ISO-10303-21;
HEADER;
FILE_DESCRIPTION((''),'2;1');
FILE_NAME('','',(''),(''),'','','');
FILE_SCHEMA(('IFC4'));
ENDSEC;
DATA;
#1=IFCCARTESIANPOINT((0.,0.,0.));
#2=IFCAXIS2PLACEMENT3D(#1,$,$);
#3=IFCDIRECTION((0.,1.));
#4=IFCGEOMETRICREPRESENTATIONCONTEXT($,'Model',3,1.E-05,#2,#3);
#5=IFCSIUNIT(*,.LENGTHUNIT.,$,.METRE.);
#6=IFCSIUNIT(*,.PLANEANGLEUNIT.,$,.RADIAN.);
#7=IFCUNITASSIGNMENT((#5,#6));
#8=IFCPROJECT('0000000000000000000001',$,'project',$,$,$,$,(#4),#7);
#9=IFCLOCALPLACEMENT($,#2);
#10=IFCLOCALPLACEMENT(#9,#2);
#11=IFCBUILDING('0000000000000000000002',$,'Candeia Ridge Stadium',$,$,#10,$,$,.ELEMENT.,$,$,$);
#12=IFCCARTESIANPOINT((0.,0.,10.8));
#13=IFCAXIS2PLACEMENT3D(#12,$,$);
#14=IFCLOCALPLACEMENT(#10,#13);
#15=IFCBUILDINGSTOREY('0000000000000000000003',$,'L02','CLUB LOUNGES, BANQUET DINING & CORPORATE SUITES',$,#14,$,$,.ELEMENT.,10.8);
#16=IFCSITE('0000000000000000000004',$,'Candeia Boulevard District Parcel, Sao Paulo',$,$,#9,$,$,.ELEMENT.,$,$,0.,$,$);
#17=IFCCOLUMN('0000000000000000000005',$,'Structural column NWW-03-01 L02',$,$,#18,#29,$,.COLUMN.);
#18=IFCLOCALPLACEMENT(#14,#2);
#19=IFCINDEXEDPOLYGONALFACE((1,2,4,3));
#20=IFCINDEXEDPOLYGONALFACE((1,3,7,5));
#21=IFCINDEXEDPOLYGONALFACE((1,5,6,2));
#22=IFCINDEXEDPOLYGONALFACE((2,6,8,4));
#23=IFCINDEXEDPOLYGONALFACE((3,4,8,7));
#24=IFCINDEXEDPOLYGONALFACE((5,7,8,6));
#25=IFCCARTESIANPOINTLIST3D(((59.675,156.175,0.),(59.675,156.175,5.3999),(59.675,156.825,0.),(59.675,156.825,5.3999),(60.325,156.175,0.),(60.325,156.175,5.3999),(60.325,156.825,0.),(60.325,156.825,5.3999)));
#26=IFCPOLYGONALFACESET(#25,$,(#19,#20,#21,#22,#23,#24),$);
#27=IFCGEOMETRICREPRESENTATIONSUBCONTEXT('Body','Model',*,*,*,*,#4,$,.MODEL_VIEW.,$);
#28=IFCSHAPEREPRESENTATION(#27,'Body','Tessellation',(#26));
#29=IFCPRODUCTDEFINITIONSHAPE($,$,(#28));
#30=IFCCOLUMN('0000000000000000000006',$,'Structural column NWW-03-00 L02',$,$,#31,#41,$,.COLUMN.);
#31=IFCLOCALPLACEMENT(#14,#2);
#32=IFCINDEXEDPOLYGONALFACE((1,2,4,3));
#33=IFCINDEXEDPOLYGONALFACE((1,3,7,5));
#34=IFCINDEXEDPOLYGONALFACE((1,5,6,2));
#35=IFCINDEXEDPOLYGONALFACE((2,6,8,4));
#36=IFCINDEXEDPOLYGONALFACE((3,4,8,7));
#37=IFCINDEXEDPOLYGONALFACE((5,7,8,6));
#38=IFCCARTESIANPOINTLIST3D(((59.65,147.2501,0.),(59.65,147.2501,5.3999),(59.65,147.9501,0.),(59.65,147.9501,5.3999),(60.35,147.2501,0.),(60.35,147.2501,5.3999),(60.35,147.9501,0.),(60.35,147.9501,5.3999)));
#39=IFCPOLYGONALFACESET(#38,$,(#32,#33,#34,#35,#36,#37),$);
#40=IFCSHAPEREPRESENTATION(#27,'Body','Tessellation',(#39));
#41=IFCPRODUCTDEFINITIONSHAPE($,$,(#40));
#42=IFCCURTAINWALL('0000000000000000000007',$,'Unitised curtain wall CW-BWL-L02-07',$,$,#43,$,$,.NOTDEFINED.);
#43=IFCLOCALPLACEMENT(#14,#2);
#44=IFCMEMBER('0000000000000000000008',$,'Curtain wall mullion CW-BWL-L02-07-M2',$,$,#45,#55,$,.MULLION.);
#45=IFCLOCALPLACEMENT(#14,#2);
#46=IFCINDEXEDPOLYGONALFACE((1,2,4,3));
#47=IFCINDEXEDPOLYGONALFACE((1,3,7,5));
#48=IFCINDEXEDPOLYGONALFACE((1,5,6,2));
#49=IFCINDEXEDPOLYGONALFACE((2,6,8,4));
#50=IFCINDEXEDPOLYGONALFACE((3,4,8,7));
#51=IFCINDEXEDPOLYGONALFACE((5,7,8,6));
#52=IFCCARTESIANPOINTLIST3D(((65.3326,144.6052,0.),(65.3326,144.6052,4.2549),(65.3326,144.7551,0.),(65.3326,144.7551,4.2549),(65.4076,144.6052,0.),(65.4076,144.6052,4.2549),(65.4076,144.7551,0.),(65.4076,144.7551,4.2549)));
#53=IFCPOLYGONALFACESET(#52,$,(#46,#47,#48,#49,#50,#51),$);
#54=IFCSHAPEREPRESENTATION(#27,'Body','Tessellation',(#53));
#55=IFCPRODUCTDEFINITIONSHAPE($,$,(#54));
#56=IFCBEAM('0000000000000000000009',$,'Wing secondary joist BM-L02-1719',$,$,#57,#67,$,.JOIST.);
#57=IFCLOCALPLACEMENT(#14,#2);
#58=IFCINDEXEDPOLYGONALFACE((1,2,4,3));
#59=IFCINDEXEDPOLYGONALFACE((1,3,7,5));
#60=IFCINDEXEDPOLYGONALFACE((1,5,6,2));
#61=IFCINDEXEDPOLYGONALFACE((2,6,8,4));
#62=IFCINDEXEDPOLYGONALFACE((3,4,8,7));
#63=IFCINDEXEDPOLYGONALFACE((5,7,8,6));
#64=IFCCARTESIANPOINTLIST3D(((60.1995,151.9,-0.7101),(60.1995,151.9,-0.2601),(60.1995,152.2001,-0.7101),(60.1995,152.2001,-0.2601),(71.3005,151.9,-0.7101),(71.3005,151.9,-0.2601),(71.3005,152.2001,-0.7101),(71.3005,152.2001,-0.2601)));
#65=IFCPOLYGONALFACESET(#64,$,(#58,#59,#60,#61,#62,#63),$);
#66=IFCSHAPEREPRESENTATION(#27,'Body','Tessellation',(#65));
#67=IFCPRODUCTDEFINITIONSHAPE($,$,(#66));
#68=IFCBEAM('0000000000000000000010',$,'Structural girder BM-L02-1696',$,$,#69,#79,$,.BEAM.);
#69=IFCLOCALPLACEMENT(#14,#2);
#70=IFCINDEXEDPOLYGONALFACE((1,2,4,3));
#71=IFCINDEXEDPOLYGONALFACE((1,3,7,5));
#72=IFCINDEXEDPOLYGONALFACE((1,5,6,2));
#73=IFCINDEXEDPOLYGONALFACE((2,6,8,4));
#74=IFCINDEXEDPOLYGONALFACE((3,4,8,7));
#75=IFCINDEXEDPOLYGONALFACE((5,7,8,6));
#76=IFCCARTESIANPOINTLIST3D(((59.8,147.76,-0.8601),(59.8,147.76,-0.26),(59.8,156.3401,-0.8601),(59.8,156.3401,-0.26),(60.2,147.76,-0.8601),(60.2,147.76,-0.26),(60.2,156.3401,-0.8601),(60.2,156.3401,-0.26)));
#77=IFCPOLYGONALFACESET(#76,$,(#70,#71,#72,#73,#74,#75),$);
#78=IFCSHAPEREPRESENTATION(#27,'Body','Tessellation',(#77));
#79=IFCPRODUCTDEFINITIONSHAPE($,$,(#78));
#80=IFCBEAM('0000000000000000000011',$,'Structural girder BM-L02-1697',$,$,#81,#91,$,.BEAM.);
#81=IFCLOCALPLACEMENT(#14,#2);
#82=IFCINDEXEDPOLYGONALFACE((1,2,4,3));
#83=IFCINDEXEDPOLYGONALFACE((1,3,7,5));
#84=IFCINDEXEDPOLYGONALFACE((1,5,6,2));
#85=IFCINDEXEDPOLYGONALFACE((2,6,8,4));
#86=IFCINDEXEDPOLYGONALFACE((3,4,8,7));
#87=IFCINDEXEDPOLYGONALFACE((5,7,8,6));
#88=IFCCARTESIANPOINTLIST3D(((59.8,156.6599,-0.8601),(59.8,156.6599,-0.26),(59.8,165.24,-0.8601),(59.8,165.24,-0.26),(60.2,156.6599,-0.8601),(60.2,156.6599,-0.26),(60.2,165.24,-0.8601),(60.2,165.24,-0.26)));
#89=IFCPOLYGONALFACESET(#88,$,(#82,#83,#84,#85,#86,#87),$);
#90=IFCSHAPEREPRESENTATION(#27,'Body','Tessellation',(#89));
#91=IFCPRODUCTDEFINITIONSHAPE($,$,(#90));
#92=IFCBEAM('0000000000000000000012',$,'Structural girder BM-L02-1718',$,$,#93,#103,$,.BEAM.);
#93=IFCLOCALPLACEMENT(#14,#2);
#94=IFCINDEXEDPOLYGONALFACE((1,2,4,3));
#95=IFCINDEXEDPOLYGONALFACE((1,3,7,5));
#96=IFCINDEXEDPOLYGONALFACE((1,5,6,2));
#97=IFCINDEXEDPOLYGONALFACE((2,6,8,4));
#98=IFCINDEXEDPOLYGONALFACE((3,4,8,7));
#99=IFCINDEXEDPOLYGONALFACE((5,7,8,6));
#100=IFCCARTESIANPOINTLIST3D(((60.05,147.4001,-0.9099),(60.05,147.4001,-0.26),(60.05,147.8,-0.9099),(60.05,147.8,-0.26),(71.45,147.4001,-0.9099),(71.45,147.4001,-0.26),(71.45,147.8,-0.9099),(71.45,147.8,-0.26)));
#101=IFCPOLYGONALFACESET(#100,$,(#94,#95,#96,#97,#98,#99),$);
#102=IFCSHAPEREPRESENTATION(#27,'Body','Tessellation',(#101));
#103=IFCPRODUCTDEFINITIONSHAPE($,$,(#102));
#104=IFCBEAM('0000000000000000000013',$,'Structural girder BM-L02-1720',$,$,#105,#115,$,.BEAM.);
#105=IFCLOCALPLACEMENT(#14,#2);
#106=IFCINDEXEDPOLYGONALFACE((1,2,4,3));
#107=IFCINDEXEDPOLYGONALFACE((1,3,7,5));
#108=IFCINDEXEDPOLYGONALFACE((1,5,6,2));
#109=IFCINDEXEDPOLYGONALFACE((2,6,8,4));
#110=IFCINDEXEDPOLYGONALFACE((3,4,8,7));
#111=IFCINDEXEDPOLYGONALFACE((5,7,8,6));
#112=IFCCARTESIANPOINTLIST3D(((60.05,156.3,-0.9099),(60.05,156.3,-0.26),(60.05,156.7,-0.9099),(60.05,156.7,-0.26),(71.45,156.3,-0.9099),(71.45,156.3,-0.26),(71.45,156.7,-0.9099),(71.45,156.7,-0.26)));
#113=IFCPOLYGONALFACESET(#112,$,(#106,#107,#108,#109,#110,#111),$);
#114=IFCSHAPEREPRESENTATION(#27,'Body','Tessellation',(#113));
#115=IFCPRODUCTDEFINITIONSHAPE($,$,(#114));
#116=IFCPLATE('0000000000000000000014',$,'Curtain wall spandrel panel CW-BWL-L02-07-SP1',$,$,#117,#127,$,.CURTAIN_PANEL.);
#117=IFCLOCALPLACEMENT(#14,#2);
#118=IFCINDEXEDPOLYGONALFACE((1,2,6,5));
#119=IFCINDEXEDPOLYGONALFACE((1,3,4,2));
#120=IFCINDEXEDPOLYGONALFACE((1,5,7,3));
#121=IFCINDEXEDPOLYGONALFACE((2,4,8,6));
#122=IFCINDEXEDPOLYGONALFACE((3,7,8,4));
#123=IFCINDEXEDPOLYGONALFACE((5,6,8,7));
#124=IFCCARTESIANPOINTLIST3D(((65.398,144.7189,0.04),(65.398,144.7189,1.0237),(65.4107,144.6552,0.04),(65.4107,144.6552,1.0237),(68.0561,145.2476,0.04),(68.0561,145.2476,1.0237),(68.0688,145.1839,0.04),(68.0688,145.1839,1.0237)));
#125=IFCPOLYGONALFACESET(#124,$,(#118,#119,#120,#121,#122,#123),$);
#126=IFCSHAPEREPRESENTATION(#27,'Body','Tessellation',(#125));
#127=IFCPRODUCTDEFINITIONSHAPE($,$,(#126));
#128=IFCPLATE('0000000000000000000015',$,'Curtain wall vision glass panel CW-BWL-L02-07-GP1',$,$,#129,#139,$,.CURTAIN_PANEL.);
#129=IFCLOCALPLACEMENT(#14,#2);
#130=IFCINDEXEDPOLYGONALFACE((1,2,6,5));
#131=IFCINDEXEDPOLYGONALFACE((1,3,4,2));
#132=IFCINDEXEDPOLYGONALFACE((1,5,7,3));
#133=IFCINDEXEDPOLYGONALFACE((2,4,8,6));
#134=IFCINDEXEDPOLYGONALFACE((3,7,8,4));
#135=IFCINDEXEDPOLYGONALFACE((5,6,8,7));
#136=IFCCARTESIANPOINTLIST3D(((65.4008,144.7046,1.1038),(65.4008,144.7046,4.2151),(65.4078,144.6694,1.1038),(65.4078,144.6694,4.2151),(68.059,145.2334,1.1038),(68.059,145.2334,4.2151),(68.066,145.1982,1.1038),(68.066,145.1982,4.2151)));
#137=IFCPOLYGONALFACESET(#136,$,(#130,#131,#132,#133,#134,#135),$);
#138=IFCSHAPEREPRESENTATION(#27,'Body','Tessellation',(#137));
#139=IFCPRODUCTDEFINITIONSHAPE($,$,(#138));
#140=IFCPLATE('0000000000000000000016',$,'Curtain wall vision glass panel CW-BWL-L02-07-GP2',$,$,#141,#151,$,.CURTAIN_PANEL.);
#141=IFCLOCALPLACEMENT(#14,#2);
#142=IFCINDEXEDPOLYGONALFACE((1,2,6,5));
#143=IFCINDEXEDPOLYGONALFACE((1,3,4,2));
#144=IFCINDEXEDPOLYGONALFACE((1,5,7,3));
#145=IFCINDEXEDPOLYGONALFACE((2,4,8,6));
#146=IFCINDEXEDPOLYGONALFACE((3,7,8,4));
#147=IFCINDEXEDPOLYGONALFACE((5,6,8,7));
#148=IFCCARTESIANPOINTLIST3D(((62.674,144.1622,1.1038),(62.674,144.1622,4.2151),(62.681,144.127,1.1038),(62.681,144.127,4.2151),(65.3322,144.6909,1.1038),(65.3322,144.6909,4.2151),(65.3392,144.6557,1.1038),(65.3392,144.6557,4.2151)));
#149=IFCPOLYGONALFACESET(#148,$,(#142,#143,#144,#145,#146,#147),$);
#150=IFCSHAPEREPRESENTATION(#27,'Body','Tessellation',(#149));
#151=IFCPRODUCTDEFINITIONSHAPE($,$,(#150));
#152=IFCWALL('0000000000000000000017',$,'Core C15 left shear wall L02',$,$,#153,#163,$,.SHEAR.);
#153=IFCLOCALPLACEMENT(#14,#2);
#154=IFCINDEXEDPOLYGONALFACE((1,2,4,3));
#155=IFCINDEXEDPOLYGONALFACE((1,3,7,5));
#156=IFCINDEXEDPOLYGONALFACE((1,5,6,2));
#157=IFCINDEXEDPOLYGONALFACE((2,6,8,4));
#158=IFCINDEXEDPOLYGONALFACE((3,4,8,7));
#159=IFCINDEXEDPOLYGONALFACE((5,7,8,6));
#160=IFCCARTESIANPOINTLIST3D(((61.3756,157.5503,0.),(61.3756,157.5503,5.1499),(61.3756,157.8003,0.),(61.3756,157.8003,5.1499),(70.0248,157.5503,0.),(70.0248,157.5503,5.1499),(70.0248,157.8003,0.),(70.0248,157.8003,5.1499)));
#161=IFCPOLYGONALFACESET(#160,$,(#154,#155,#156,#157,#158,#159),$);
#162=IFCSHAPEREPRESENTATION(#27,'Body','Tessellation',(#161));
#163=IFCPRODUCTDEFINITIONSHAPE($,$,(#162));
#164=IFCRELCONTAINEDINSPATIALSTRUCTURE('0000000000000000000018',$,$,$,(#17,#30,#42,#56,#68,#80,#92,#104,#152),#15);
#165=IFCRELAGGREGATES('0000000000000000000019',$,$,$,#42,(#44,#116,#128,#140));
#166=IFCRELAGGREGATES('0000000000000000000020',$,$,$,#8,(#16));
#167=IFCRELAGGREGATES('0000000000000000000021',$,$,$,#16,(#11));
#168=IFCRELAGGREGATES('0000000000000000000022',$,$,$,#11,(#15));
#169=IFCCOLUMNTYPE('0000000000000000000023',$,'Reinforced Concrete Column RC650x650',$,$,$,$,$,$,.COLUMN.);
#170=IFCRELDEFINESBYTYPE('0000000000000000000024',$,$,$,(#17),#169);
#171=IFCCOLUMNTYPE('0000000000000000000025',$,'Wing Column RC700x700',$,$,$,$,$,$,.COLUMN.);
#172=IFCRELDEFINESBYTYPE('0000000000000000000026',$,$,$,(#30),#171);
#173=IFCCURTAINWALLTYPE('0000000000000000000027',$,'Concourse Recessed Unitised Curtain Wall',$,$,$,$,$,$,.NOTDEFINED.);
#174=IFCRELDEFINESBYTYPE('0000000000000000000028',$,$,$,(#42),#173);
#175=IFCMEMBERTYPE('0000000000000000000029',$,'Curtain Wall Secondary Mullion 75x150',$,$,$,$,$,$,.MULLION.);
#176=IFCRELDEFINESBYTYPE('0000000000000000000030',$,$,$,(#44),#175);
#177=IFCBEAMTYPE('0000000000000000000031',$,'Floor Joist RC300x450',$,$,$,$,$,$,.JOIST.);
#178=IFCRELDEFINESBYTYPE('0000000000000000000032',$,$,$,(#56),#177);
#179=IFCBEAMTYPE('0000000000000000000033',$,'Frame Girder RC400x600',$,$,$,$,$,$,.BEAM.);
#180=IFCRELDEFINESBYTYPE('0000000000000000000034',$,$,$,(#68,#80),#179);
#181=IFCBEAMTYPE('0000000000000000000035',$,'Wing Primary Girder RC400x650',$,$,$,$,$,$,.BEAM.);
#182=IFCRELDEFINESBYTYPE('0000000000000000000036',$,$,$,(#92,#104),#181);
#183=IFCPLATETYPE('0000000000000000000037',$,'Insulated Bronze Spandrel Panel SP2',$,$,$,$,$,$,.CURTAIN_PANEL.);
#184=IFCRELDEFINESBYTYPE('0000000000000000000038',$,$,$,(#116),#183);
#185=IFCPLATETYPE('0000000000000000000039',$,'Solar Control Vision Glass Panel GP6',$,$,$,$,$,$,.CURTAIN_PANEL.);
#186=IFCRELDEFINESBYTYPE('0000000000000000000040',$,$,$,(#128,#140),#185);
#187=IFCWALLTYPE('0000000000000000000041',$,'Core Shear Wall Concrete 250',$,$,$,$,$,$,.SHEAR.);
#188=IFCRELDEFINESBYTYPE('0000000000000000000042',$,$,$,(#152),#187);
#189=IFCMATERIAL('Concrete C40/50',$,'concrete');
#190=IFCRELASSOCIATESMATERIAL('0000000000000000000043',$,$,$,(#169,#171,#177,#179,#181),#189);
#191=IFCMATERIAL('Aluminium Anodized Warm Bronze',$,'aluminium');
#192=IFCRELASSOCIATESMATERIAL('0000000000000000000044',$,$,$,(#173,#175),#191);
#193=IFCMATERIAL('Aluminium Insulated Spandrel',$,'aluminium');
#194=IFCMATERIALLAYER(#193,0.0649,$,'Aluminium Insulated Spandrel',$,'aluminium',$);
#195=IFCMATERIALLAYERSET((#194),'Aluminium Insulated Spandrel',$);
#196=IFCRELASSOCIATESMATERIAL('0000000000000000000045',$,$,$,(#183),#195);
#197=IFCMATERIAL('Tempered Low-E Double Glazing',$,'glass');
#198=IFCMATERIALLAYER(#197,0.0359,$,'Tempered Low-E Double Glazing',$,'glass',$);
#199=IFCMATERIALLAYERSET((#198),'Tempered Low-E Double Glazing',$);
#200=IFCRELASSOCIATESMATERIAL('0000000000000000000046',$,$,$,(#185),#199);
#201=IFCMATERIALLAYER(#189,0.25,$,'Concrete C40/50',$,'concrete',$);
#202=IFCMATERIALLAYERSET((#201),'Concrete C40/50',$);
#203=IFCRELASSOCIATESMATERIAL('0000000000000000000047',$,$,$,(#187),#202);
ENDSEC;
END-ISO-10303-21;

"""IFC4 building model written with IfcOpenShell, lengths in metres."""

from ifc_helpers import new_model, si_unit, direction, frame, frame_2d, origin, origin_2d, place, context, subcontext, project, spatial, rectangle, extrude, material, layer, layer_set, material_profile, profile_set, type_object, element, aggregate, save


model = new_model("IFC4")

# Units and contexts
model_context = context("Model", 3, precision=1e-05, world=origin(), true_north=direction((0.0, 1.0)))
body_context = subcontext(model_context, "Body", "Model", "MODEL_VIEW")
ifc_project = project(units=[si_unit("LENGTHUNIT", "METRE"), si_unit("PLANEANGLEUNIT", "RADIAN")], contexts=[model_context])

# Site, building, storey
site_placement = place(None, origin())
site = spatial("IfcSite", under=ifc_project, at=site_placement, Name="Candeia Boulevard District Parcel, Sao Paulo", CompositionType="ELEMENT", RefElevation=0.0)
building_placement = place(site_placement, origin())
building = spatial("IfcBuilding", under=site, at=building_placement, Name="Candeia Ridge Stadium", CompositionType="ELEMENT")
storey_placement = place(building_placement, frame((0.0, 0.0, 10.8)))
storey = spatial("IfcBuildingStorey", under=building, at=storey_placement, Name="L02", Description="CLUB LOUNGES, BANQUET DINING & CORPORATE SUITES", CompositionType="ELEMENT", Elevation=10.8)

# Columns
ifc_material_1 = material(Name="Concrete C40/50", Category="concrete")
ifc_material_profile_1 = material_profile(ifc_material_1, rectangle(XDim=0.6499, YDim=0.6499, at=origin_2d()), Name="RC650x650", Category="concrete")
ifc_profile_set_1 = profile_set([ifc_material_profile_1], Name="Concrete C40/50")
column_type_1 = type_object("IfcColumnType", Name="Reinforced Concrete Column RC650x650", PredefinedType="COLUMN", material=ifc_profile_set_1)
column_1_placement = place(storey_placement, frame((60.0, 156.5, 0.0), z_axis=(0.0, 0.0, 1.0), x_axis=(1.0, 0.0, 0.0)))
element("IfcColumn", 1, at=column_1_placement, inside=storey, type_object=column_type_1, Name="Structural column NWW-03-01 L02", PredefinedType="COLUMN", context=body_context, shape_type="SweptSolid", body=[
    extrude(rectangle(XDim=0.6499, YDim=0.6499, at=origin_2d()), origin(), (0.0, 0.0, 1.0), 5.3999),
])
ifc_material_profile_2 = material_profile(ifc_material_1, rectangle(XDim=0.7, YDim=0.7, at=origin_2d()), Name="RC700x700", Category="concrete")
ifc_profile_set_2 = profile_set([ifc_material_profile_2], Name="Concrete C40/50")
column_type_2 = type_object("IfcColumnType", Name="Wing Column RC700x700", PredefinedType="COLUMN", material=ifc_profile_set_2)
column_2_placement = place(storey_placement, frame((60.0, 147.6001, 0.0), z_axis=(0.0, 0.0, 1.0), x_axis=(1.0, 0.0, 0.0)))
element("IfcColumn", 2, at=column_2_placement, inside=storey, type_object=column_type_2, Name="Structural column NWW-03-00 L02", PredefinedType="COLUMN", context=body_context, shape_type="SweptSolid", body=[
    extrude(rectangle(XDim=0.7, YDim=0.7, at=origin_2d()), origin(), (0.0, 0.0, 1.0), 5.3999),
])

# Curtain wall, member
ifc_material_2 = material(Name="Aluminium Anodized Warm Bronze", Category="aluminium")
curtain_wall_type = type_object("IfcCurtainWallType", Name="Concourse Recessed Unitised Curtain Wall", PredefinedType="NOTDEFINED", material=ifc_material_2)
curtain_wall_placement = place(storey_placement, origin())
curtain_wall = element("IfcCurtainWall", 3, at=curtain_wall_placement, inside=storey, type_object=curtain_wall_type, Name="Unitised curtain wall CW-BWL-L02-07", PredefinedType="NOTDEFINED")
ifc_material_profile_3 = material_profile(ifc_material_2, rectangle(XDim=0.075, YDim=0.1499, at=origin_2d()), Name="CWM-75x150", Category="aluminium")
ifc_profile_set_3 = profile_set([ifc_material_profile_3], Name="Aluminium Anodized Warm Bronze")
member_type = type_object("IfcMemberType", Name="Curtain Wall Secondary Mullion 75x150", PredefinedType="MULLION", material=ifc_profile_set_3)
member_placement = place(storey_placement, frame((65.3701, 144.6802, 0.0), z_axis=(0.0, 0.0, 1.0), x_axis=(1.0, 0.0, 0.0)))
member = element("IfcMember", 4, at=member_placement, type_object=member_type, Name="Curtain wall mullion CW-BWL-L02-07-M2", PredefinedType="MULLION", context=body_context, shape_type="SweptSolid", body=[
    extrude(rectangle(XDim=0.075, YDim=0.1499, at=origin_2d()), origin(), (0.0, 0.0, 1.0), 4.2549),
])

# Beams
ifc_material_profile_4 = material_profile(ifc_material_1, rectangle(XDim=0.3, YDim=0.45, at=origin_2d()), Name="RC300x450", Category="concrete")
ifc_profile_set_4 = profile_set([ifc_material_profile_4], Name="Concrete C40/50")
beam_type_1 = type_object("IfcBeamType", Name="Floor Joist RC300x450", PredefinedType="JOIST", material=ifc_profile_set_4)
beam_placement = place(storey_placement, frame((60.1995, 152.05, -0.4851), z_axis=(1.0, 0.0, 0.0), x_axis=(0.0, 1.0, 0.0)))
element("IfcBeam", 5, at=beam_placement, inside=storey, type_object=beam_type_1, Name="Wing secondary joist BM-L02-1719", PredefinedType="JOIST", context=body_context, shape_type="SweptSolid", body=[
    extrude(rectangle(XDim=0.3, YDim=0.45, at=origin_2d()), origin(), (0.0, 0.0, 1.0), 11.1011),
])
ifc_material_profile_5 = material_profile(ifc_material_1, rectangle(XDim=0.3999, YDim=0.6001, at=origin_2d()), Name="RC400x600", Category="concrete")
ifc_profile_set_5 = profile_set([ifc_material_profile_5], Name="Concrete C40/50")
beam_type_2 = type_object("IfcBeamType", Name="Frame Girder RC400x600", PredefinedType="BEAM", material=ifc_profile_set_5)
for number, where, z_axis, x_axis, name in (
    (6, (60.0, 147.76, -0.5601), (0.0, 1.0, 0.0), (-1.0, 0.0, 0.0), "Structural girder BM-L02-1696"),
    (7, (60.0, 156.6599, -0.5601), (0.0, 1.0, 0.0), (-1.0, 0.0, 0.0), "Structural girder BM-L02-1697"),
):
    element("IfcBeam", number, at=place(storey_placement, frame(where, z_axis=z_axis, x_axis=x_axis)), inside=storey, type_object=beam_type_2, Name=name, PredefinedType="BEAM", context=body_context, shape_type="SweptSolid", body=[
        extrude(rectangle(XDim=0.3999, YDim=0.6001, at=origin_2d()), origin(), (0.0, 0.0, 1.0), 8.5801),
    ])
ifc_material_profile_6 = material_profile(ifc_material_1, rectangle(XDim=0.3999, YDim=0.6499, at=origin_2d()), Name="RC400x650", Category="concrete")
ifc_profile_set_6 = profile_set([ifc_material_profile_6], Name="Concrete C40/50")
beam_type_3 = type_object("IfcBeamType", Name="Wing Primary Girder RC400x650", PredefinedType="BEAM", material=ifc_profile_set_6)
for number, where, z_axis, x_axis, name in (
    (8, (60.05, 147.6001, -0.585), (1.0, 0.0, 0.0), (0.0, 1.0, 0.0), "Structural girder BM-L02-1718"),
    (9, (60.05, 156.5, -0.585), (1.0, 0.0, 0.0), (0.0, 1.0, 0.0), "Structural girder BM-L02-1720"),
):
    element("IfcBeam", number, at=place(storey_placement, frame(where, z_axis=z_axis, x_axis=x_axis)), inside=storey, type_object=beam_type_3, Name=name, PredefinedType="BEAM", context=body_context, shape_type="SweptSolid", body=[
        extrude(rectangle(XDim=0.3999, YDim=0.6499, at=origin_2d()), origin(), (0.0, 0.0, 1.0), 11.3999),
    ])

# Plates
ifc_material_3 = material(Name="Aluminium Insulated Spandrel", Category="aluminium")
ifc_layer_1 = layer(ifc_material_3, 0.0649, Name="Aluminium Insulated Spandrel", Category="aluminium")
ifc_layer_set_1 = layer_set([ifc_layer_1], Name="Aluminium Insulated Spandrel")
plate_type_1 = type_object("IfcPlateType", Name="Insulated Bronze Spandrel Panel SP2", PredefinedType="CURTAIN_PANEL", material=ifc_layer_set_1)
plate_1_placement = place(storey_placement, frame((66.7334, 144.9514, 0.04), z_axis=(0.0, 0.0, 1.0), x_axis=(-0.980785, -0.19509, 0.0)))
plate_1 = element("IfcPlate", 10, at=plate_1_placement, type_object=plate_type_1, Name="Curtain wall spandrel panel CW-BWL-L02-07-SP1", PredefinedType="CURTAIN_PANEL", context=body_context, shape_type="SweptSolid", body=[
    extrude(rectangle(XDim=2.7102, YDim=0.0649, at=origin_2d()), origin(), (0.0, 0.0, 1.0), 0.9836),
])
ifc_material_4 = material(Name="Tempered Low-E Double Glazing", Category="glass")
ifc_layer_2 = layer(ifc_material_4, 0.0359, Name="Tempered Low-E Double Glazing", Category="glass")
ifc_layer_set_2 = layer_set([ifc_layer_2], Name="Tempered Low-E Double Glazing")
plate_type_2 = type_object("IfcPlateType", Name="Solar Control Vision Glass Panel GP6", PredefinedType="CURTAIN_PANEL", material=ifc_layer_set_2)
plate_2_placement = place(storey_placement, frame((66.7334, 144.9514, 1.1038), z_axis=(0.0, 0.0, 1.0), x_axis=(-0.980785, -0.19509, 0.0)))
plate_2 = element("IfcPlate", 11, at=plate_2_placement, type_object=plate_type_2, Name="Curtain wall vision glass panel CW-BWL-L02-07-GP1", PredefinedType="CURTAIN_PANEL", context=body_context, shape_type="SweptSolid", body=[
    extrude(rectangle(XDim=2.7102, YDim=0.0359, at=origin_2d()), origin(), (0.0, 0.0, 1.0), 3.1113),
])
plate_3_placement = place(storey_placement, frame((64.0066, 144.4089, 1.1038), z_axis=(0.0, 0.0, 1.0), x_axis=(-0.980785, -0.19509, 0.0)))
plate_3 = element("IfcPlate", 12, at=plate_3_placement, type_object=plate_type_2, Name="Curtain wall vision glass panel CW-BWL-L02-07-GP2", PredefinedType="CURTAIN_PANEL", context=body_context, shape_type="SweptSolid", body=[
    extrude(rectangle(XDim=2.7102, YDim=0.0359, at=origin_2d()), origin(), (0.0, 0.0, 1.0), 3.1113),
])
aggregate(curtain_wall, [member, plate_1, plate_2, plate_3])

# Wall
ifc_layer_3 = layer(ifc_material_1, 0.25, Name="Concrete C40/50", Category="concrete")
ifc_layer_set_3 = layer_set([ifc_layer_3], Name="Concrete C40/50")
wall_type_1 = type_object("IfcWallType", Name="Core Shear Wall Concrete 250", PredefinedType="SHEAR", material=ifc_layer_set_3)
wall_1_placement = place(storey_placement, frame((61.3755, 157.6753, 0.0), z_axis=(0.0, 0.0, 1.0), x_axis=(1.0, 0.0, 0.0)))
element("IfcWall", 13, at=wall_1_placement, inside=storey, type_object=wall_type_1, Name="Core C15 left shear wall L02", PredefinedType="SHEAR", context=body_context, shape_type="SweptSolid", body=[
    extrude(rectangle(XDim=8.6492, YDim=0.25, at=frame_2d((4.3247, 0.0))), origin(), (0.0, 0.0, 1.0), 5.1499),
])

save(model, "model.ifc")
